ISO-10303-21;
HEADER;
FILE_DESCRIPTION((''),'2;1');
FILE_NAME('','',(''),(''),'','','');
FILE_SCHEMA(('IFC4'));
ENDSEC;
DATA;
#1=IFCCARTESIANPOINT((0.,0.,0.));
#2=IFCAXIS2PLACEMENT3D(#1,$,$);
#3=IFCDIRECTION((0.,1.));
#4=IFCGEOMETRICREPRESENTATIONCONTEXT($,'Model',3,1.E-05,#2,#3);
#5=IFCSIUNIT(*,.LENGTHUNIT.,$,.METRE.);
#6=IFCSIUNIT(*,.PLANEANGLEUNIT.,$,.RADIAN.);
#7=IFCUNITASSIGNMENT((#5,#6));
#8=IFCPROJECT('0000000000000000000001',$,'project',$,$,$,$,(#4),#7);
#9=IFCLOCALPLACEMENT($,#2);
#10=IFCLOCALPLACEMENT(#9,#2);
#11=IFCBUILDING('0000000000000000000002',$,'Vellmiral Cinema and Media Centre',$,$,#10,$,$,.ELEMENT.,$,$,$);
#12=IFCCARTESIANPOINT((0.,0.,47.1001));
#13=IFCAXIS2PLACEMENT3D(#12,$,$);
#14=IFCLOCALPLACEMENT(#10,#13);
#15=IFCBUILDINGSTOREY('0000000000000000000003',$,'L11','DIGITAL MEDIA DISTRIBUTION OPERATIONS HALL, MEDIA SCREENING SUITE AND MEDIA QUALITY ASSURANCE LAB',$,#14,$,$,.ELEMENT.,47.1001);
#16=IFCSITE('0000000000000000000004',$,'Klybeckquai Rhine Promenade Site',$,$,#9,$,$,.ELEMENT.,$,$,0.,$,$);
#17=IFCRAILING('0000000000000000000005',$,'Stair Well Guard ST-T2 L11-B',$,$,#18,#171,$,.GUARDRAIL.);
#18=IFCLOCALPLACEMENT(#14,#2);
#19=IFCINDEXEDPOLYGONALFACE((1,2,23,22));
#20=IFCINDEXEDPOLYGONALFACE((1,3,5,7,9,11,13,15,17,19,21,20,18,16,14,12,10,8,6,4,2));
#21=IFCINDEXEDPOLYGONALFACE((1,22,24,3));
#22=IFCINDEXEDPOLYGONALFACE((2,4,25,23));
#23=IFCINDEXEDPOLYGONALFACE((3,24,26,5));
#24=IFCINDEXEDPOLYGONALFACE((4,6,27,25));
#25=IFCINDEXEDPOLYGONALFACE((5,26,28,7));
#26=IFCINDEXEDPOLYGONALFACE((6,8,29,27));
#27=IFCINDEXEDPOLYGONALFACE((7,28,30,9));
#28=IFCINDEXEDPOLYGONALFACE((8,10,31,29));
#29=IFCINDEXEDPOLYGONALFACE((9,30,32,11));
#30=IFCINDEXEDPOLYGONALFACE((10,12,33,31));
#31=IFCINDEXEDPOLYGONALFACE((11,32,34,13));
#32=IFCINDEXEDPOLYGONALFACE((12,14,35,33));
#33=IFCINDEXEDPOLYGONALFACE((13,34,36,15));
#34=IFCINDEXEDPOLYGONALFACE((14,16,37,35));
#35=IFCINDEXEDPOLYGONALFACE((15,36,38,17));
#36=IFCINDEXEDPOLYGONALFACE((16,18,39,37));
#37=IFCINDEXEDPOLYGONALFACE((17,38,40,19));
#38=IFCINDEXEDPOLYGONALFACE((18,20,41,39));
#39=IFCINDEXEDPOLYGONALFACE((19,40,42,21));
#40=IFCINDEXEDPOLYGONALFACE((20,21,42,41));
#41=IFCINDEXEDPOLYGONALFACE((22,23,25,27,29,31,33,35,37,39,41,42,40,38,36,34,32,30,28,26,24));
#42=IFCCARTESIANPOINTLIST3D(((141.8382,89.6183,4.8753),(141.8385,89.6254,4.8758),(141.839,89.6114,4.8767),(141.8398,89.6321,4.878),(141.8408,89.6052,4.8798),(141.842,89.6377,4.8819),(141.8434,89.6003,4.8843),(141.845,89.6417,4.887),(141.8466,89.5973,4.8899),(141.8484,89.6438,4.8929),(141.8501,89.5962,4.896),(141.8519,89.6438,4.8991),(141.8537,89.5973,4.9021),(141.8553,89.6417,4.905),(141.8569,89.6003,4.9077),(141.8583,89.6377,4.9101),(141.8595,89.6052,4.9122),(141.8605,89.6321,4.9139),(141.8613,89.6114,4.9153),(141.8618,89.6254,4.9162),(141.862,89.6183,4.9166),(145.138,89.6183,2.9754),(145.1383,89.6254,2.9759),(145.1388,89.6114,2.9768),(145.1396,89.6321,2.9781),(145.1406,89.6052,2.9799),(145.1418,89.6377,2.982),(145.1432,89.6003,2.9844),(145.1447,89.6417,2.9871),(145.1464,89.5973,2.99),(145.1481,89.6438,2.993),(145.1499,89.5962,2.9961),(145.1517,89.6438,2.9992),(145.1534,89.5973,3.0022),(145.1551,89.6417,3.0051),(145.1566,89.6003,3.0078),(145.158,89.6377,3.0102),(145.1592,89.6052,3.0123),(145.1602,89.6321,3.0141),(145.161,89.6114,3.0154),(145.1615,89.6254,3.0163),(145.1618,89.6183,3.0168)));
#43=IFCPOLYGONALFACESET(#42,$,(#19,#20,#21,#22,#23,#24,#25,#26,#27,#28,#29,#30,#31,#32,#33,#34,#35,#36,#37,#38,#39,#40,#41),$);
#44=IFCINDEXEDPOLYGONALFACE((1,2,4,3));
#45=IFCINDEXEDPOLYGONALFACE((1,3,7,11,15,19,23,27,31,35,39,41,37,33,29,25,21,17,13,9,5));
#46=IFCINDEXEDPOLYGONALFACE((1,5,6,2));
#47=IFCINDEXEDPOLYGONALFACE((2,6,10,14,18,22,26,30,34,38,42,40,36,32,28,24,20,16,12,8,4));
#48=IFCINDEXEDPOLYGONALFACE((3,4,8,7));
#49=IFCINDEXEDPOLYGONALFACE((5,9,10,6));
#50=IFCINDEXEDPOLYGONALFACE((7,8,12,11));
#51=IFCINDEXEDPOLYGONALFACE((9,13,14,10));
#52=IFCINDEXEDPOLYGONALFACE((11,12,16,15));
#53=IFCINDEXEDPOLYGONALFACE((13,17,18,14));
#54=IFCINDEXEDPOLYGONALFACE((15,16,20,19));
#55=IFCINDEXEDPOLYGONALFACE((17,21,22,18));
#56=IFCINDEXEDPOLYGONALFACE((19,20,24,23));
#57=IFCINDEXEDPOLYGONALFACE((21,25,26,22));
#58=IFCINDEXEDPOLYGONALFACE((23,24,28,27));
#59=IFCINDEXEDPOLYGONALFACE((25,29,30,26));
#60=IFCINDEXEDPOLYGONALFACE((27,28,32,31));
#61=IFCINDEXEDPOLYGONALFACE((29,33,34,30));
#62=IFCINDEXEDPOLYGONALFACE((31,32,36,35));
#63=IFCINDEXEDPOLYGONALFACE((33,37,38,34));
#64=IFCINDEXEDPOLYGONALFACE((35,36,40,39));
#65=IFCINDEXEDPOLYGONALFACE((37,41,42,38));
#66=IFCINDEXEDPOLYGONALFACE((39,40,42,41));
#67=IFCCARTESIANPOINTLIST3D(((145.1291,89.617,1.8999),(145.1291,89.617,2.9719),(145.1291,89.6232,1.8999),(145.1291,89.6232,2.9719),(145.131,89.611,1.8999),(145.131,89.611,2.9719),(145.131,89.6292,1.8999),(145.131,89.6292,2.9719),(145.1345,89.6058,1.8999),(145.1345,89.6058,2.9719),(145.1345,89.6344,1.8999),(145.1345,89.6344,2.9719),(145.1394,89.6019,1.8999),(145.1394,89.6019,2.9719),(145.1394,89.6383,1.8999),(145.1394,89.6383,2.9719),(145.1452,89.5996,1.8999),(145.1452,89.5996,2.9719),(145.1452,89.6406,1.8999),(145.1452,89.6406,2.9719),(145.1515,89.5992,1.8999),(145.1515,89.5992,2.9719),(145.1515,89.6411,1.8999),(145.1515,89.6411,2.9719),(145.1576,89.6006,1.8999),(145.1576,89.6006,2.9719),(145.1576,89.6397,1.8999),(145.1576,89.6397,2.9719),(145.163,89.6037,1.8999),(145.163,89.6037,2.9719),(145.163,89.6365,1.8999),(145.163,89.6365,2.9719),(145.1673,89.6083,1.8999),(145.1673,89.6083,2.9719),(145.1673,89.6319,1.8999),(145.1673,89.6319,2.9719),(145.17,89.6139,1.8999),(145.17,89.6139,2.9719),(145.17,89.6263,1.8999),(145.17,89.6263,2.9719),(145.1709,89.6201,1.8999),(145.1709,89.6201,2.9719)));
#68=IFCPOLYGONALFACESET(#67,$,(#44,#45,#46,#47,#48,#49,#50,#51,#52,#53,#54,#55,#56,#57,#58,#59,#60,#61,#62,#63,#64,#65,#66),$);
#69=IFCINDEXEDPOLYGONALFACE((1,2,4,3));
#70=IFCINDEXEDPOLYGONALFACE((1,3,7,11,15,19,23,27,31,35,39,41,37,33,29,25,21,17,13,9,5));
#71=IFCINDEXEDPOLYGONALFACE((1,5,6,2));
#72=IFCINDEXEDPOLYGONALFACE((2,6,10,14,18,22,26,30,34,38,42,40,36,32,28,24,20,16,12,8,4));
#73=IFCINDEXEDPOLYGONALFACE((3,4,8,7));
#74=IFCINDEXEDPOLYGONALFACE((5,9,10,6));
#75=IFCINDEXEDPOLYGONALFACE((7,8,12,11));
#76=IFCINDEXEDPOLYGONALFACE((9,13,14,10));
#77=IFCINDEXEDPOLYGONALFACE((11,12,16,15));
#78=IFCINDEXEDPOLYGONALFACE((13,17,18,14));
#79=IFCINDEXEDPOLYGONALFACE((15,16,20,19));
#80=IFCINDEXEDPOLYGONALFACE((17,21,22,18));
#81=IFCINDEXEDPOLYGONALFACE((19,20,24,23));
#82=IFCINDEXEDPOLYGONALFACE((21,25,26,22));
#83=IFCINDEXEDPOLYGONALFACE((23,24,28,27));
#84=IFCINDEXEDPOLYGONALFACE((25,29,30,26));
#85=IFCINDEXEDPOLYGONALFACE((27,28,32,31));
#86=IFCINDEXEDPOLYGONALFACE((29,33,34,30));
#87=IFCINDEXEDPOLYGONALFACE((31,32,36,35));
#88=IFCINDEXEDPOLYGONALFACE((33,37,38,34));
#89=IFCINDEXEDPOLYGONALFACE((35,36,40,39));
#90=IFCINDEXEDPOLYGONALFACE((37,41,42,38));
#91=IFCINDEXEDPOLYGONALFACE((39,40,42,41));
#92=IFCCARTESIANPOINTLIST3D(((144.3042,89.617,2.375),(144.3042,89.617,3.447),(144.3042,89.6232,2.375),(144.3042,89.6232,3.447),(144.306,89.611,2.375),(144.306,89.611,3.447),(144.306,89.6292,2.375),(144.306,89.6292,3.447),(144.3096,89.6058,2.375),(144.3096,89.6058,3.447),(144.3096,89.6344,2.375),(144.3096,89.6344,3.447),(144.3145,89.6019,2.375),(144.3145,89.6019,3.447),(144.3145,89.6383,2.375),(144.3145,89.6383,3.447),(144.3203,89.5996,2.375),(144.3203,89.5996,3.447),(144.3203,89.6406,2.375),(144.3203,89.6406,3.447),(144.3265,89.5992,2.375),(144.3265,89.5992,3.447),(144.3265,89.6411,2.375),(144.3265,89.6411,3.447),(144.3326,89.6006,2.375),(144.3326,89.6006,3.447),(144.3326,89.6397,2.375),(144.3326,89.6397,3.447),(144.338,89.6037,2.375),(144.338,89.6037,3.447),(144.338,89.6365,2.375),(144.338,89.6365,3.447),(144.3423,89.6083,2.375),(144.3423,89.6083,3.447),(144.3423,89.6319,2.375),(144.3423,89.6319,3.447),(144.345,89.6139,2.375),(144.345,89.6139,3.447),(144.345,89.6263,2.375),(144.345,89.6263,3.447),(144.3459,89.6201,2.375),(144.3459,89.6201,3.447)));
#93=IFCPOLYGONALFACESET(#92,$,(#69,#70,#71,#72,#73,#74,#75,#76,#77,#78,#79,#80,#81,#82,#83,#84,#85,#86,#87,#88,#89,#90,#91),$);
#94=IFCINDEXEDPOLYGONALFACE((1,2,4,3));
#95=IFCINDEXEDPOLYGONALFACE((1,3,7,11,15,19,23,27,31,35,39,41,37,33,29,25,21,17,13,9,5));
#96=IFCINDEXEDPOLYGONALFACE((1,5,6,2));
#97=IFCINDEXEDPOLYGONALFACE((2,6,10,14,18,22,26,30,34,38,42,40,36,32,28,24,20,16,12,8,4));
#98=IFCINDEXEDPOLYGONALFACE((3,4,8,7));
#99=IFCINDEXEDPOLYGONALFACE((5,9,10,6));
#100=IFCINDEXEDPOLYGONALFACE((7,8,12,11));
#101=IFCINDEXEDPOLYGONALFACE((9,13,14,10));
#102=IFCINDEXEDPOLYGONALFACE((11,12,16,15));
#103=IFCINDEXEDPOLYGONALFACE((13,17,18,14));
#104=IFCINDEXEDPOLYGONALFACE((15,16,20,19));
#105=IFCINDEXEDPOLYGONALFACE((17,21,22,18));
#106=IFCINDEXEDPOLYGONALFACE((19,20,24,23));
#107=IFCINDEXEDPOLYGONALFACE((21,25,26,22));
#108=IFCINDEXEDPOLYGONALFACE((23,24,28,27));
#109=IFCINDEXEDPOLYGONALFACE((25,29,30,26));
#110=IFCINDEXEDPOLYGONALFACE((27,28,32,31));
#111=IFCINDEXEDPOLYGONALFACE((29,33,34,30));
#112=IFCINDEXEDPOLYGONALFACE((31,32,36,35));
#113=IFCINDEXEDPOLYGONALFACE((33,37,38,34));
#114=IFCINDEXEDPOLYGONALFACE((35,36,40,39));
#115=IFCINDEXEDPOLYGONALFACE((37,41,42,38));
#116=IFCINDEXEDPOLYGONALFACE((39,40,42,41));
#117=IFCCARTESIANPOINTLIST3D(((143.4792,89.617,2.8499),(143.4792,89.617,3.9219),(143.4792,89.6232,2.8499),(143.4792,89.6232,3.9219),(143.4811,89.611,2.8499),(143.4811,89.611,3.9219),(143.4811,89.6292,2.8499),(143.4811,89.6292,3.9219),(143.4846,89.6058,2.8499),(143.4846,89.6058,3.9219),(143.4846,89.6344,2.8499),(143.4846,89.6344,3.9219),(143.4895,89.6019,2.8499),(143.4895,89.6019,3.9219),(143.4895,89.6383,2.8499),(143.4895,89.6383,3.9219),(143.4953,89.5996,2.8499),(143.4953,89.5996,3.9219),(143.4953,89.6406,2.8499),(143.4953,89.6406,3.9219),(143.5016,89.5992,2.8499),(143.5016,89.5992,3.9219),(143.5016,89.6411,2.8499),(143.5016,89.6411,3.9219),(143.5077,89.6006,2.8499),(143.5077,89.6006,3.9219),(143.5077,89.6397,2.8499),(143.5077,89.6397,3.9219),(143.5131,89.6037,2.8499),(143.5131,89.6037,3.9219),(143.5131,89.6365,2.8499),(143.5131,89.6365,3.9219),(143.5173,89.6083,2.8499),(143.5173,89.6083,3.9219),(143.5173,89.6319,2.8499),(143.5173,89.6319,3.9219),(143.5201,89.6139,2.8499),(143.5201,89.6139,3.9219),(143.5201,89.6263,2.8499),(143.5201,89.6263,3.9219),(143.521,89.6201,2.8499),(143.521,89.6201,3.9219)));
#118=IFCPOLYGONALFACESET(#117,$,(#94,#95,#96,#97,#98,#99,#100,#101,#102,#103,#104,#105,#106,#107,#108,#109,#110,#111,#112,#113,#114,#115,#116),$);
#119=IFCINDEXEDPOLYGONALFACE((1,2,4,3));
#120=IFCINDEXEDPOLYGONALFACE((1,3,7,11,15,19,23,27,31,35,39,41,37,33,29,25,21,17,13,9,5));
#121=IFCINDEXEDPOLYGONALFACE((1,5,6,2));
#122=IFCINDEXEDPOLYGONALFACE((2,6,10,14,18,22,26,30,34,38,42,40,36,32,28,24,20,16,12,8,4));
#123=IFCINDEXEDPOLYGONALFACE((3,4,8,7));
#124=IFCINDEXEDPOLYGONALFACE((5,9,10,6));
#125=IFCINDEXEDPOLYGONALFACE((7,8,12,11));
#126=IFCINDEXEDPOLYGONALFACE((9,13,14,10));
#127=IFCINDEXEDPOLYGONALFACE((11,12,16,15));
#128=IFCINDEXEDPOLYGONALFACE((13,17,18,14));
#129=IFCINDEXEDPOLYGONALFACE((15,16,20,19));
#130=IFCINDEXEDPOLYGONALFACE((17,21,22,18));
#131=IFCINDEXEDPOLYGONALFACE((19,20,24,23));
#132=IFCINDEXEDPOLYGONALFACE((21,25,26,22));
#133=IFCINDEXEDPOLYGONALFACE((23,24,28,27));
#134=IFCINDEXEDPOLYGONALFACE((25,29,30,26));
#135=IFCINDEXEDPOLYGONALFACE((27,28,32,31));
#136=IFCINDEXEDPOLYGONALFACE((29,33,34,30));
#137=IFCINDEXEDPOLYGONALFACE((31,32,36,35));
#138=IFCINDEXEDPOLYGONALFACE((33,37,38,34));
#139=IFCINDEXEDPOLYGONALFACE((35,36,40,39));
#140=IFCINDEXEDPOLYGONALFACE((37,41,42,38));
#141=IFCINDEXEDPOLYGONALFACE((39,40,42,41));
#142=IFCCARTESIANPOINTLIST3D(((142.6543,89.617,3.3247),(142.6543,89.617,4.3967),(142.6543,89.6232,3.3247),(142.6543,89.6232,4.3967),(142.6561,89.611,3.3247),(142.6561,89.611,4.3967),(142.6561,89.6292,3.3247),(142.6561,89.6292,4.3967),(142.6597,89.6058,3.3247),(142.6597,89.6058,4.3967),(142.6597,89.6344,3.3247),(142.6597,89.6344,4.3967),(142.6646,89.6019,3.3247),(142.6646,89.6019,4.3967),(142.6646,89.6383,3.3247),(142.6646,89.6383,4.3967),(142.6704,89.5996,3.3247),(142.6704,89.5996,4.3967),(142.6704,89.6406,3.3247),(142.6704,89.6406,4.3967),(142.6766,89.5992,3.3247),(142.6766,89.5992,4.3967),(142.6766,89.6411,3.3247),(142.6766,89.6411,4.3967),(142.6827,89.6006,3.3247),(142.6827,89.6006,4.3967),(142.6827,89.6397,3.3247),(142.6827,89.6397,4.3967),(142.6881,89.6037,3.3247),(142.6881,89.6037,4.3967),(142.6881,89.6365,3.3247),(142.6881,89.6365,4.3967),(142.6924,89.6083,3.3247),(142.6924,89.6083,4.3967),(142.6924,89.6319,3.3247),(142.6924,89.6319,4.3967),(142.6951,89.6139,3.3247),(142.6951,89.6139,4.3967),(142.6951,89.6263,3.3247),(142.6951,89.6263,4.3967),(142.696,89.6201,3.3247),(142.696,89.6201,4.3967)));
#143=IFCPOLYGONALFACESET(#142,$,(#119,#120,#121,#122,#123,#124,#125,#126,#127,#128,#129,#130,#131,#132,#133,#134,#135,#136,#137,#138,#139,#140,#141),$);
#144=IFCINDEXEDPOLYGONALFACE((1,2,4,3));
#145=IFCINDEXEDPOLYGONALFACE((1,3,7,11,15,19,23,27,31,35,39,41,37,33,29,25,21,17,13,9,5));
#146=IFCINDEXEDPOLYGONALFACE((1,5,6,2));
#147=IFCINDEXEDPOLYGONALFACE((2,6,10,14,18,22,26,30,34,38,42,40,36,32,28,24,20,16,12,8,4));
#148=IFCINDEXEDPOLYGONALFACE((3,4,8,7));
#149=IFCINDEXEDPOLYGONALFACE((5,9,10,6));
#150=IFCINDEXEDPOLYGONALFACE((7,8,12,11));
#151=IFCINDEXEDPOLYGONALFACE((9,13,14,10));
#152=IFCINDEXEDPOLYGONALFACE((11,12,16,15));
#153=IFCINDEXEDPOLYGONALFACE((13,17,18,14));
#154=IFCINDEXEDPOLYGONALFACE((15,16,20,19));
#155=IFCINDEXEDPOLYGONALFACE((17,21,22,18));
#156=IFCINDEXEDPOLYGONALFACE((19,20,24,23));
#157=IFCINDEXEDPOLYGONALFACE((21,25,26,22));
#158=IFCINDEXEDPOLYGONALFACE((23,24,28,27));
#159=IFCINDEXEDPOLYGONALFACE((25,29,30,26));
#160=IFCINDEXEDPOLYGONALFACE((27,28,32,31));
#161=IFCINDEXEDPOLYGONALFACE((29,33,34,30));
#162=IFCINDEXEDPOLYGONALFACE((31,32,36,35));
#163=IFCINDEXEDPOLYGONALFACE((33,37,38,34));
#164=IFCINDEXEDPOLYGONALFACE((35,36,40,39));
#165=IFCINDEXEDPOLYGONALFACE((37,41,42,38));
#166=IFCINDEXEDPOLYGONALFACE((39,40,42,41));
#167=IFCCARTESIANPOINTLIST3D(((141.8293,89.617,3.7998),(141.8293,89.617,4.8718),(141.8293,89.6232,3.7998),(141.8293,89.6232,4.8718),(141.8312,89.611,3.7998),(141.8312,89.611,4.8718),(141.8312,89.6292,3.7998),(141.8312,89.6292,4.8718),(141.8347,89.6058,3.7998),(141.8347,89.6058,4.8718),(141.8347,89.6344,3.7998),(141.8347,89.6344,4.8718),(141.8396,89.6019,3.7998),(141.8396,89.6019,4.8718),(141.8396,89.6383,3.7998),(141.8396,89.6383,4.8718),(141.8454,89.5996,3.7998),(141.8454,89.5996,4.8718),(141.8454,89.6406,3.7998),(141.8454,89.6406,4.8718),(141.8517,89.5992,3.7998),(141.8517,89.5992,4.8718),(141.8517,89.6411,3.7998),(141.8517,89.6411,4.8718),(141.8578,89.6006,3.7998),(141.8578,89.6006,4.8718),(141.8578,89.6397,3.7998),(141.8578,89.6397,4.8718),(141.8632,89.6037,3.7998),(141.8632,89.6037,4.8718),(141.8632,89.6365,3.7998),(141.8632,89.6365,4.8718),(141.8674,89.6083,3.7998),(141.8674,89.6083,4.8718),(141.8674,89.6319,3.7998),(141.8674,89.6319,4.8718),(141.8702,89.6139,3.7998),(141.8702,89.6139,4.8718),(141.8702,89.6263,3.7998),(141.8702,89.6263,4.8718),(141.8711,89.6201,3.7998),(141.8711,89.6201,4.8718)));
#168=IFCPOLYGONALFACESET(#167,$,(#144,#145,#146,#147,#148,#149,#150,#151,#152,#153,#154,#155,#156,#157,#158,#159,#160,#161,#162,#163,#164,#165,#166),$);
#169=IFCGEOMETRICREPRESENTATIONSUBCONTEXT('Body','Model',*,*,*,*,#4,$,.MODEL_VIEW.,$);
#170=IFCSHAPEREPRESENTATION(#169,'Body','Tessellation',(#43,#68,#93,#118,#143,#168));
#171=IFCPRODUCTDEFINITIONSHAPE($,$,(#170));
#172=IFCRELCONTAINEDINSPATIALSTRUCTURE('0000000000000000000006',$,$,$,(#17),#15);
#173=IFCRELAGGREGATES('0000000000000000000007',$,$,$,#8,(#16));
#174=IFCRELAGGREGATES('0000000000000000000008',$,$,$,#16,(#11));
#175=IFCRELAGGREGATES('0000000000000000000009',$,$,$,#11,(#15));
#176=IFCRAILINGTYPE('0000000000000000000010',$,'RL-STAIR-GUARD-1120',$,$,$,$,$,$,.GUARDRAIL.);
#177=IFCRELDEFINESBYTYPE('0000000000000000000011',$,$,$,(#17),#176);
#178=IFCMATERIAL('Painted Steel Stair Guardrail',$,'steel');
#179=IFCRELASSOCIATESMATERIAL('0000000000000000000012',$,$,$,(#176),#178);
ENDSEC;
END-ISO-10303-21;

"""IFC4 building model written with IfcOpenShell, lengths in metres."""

from ifc_helpers import new_model, si_unit, direction, frame, origin, origin_2d, place, context, subcontext, project, spatial, circle, extrude, material, type_object, element, save


model = new_model("IFC4")

# Units and contexts
model_context = context("Model", 3, precision=1e-05, world=origin(), true_north=direction((0.0, 1.0)))
body_context = subcontext(model_context, "Body", "Model", "MODEL_VIEW")
ifc_project = project(units=[si_unit("LENGTHUNIT", "METRE"), si_unit("PLANEANGLEUNIT", "RADIAN")], contexts=[model_context])

# Site, building, storey
site_placement = place(None, origin())
site = spatial("IfcSite", under=ifc_project, at=site_placement, Name="Klybeckquai Rhine Promenade Site", CompositionType="ELEMENT", RefElevation=0.0)
building_placement = place(site_placement, origin())
building = spatial("IfcBuilding", under=site, at=building_placement, Name="Vellmiral Cinema and Media Centre", CompositionType="ELEMENT")
storey_placement = place(building_placement, frame((0.0, 0.0, 47.1001)))
storey = spatial("IfcBuildingStorey", under=building, at=storey_placement, Name="L11", Description="DIGITAL MEDIA DISTRIBUTION OPERATIONS HALL, MEDIA SCREENING SUITE AND MEDIA QUALITY ASSURANCE LAB", CompositionType="ELEMENT", Elevation=47.1001)

# Railing
ifc_material_1 = material(Name="Painted Steel Stair Guardrail", Category="steel")
railing_type_1 = type_object("IfcRailingType", Name="RL-STAIR-GUARD-1120", PredefinedType="GUARDRAIL", material=ifc_material_1)
railing_1_placement = place(storey_placement, frame((145.1499, 89.6201, 1.8999)))
element("IfcRailing", 1, at=railing_1_placement, inside=storey, type_object=railing_type_1, Name="Stair Well Guard ST-T2 L11-B", PredefinedType="GUARDRAIL", context=body_context, shape_type="SweptSolid", body=[
    extrude(circle(Radius=0.0239, at=origin_2d()), frame((0.0, 0.0, 1.0962), z_axis=(-0.866621, 0.0, 0.498967), x_axis=(0.0, -1.0, 0.0)), (0.0, 0.0, 1.0), 3.8076),
    extrude(circle(Radius=0.021, at=origin_2d()), origin(), (0.0, 0.0, 1.0), 1.072),
    extrude(circle(Radius=0.021, at=origin_2d()), frame((-0.825, 0.0, 0.4751)), (0.0, 0.0, 1.0), 1.072),
    extrude(circle(Radius=0.021, at=origin_2d()), frame((-1.6499, 0.0, 0.95)), (0.0, 0.0, 1.0), 1.072),
    extrude(circle(Radius=0.021, at=origin_2d()), frame((-2.4749, 0.0, 1.4248)), (0.0, 0.0, 1.0), 1.072),
    extrude(circle(Radius=0.021, at=origin_2d()), frame((-3.2998, 0.0, 1.8999)), (0.0, 0.0, 1.0), 1.072),
])

save(model, "model.ifc")
